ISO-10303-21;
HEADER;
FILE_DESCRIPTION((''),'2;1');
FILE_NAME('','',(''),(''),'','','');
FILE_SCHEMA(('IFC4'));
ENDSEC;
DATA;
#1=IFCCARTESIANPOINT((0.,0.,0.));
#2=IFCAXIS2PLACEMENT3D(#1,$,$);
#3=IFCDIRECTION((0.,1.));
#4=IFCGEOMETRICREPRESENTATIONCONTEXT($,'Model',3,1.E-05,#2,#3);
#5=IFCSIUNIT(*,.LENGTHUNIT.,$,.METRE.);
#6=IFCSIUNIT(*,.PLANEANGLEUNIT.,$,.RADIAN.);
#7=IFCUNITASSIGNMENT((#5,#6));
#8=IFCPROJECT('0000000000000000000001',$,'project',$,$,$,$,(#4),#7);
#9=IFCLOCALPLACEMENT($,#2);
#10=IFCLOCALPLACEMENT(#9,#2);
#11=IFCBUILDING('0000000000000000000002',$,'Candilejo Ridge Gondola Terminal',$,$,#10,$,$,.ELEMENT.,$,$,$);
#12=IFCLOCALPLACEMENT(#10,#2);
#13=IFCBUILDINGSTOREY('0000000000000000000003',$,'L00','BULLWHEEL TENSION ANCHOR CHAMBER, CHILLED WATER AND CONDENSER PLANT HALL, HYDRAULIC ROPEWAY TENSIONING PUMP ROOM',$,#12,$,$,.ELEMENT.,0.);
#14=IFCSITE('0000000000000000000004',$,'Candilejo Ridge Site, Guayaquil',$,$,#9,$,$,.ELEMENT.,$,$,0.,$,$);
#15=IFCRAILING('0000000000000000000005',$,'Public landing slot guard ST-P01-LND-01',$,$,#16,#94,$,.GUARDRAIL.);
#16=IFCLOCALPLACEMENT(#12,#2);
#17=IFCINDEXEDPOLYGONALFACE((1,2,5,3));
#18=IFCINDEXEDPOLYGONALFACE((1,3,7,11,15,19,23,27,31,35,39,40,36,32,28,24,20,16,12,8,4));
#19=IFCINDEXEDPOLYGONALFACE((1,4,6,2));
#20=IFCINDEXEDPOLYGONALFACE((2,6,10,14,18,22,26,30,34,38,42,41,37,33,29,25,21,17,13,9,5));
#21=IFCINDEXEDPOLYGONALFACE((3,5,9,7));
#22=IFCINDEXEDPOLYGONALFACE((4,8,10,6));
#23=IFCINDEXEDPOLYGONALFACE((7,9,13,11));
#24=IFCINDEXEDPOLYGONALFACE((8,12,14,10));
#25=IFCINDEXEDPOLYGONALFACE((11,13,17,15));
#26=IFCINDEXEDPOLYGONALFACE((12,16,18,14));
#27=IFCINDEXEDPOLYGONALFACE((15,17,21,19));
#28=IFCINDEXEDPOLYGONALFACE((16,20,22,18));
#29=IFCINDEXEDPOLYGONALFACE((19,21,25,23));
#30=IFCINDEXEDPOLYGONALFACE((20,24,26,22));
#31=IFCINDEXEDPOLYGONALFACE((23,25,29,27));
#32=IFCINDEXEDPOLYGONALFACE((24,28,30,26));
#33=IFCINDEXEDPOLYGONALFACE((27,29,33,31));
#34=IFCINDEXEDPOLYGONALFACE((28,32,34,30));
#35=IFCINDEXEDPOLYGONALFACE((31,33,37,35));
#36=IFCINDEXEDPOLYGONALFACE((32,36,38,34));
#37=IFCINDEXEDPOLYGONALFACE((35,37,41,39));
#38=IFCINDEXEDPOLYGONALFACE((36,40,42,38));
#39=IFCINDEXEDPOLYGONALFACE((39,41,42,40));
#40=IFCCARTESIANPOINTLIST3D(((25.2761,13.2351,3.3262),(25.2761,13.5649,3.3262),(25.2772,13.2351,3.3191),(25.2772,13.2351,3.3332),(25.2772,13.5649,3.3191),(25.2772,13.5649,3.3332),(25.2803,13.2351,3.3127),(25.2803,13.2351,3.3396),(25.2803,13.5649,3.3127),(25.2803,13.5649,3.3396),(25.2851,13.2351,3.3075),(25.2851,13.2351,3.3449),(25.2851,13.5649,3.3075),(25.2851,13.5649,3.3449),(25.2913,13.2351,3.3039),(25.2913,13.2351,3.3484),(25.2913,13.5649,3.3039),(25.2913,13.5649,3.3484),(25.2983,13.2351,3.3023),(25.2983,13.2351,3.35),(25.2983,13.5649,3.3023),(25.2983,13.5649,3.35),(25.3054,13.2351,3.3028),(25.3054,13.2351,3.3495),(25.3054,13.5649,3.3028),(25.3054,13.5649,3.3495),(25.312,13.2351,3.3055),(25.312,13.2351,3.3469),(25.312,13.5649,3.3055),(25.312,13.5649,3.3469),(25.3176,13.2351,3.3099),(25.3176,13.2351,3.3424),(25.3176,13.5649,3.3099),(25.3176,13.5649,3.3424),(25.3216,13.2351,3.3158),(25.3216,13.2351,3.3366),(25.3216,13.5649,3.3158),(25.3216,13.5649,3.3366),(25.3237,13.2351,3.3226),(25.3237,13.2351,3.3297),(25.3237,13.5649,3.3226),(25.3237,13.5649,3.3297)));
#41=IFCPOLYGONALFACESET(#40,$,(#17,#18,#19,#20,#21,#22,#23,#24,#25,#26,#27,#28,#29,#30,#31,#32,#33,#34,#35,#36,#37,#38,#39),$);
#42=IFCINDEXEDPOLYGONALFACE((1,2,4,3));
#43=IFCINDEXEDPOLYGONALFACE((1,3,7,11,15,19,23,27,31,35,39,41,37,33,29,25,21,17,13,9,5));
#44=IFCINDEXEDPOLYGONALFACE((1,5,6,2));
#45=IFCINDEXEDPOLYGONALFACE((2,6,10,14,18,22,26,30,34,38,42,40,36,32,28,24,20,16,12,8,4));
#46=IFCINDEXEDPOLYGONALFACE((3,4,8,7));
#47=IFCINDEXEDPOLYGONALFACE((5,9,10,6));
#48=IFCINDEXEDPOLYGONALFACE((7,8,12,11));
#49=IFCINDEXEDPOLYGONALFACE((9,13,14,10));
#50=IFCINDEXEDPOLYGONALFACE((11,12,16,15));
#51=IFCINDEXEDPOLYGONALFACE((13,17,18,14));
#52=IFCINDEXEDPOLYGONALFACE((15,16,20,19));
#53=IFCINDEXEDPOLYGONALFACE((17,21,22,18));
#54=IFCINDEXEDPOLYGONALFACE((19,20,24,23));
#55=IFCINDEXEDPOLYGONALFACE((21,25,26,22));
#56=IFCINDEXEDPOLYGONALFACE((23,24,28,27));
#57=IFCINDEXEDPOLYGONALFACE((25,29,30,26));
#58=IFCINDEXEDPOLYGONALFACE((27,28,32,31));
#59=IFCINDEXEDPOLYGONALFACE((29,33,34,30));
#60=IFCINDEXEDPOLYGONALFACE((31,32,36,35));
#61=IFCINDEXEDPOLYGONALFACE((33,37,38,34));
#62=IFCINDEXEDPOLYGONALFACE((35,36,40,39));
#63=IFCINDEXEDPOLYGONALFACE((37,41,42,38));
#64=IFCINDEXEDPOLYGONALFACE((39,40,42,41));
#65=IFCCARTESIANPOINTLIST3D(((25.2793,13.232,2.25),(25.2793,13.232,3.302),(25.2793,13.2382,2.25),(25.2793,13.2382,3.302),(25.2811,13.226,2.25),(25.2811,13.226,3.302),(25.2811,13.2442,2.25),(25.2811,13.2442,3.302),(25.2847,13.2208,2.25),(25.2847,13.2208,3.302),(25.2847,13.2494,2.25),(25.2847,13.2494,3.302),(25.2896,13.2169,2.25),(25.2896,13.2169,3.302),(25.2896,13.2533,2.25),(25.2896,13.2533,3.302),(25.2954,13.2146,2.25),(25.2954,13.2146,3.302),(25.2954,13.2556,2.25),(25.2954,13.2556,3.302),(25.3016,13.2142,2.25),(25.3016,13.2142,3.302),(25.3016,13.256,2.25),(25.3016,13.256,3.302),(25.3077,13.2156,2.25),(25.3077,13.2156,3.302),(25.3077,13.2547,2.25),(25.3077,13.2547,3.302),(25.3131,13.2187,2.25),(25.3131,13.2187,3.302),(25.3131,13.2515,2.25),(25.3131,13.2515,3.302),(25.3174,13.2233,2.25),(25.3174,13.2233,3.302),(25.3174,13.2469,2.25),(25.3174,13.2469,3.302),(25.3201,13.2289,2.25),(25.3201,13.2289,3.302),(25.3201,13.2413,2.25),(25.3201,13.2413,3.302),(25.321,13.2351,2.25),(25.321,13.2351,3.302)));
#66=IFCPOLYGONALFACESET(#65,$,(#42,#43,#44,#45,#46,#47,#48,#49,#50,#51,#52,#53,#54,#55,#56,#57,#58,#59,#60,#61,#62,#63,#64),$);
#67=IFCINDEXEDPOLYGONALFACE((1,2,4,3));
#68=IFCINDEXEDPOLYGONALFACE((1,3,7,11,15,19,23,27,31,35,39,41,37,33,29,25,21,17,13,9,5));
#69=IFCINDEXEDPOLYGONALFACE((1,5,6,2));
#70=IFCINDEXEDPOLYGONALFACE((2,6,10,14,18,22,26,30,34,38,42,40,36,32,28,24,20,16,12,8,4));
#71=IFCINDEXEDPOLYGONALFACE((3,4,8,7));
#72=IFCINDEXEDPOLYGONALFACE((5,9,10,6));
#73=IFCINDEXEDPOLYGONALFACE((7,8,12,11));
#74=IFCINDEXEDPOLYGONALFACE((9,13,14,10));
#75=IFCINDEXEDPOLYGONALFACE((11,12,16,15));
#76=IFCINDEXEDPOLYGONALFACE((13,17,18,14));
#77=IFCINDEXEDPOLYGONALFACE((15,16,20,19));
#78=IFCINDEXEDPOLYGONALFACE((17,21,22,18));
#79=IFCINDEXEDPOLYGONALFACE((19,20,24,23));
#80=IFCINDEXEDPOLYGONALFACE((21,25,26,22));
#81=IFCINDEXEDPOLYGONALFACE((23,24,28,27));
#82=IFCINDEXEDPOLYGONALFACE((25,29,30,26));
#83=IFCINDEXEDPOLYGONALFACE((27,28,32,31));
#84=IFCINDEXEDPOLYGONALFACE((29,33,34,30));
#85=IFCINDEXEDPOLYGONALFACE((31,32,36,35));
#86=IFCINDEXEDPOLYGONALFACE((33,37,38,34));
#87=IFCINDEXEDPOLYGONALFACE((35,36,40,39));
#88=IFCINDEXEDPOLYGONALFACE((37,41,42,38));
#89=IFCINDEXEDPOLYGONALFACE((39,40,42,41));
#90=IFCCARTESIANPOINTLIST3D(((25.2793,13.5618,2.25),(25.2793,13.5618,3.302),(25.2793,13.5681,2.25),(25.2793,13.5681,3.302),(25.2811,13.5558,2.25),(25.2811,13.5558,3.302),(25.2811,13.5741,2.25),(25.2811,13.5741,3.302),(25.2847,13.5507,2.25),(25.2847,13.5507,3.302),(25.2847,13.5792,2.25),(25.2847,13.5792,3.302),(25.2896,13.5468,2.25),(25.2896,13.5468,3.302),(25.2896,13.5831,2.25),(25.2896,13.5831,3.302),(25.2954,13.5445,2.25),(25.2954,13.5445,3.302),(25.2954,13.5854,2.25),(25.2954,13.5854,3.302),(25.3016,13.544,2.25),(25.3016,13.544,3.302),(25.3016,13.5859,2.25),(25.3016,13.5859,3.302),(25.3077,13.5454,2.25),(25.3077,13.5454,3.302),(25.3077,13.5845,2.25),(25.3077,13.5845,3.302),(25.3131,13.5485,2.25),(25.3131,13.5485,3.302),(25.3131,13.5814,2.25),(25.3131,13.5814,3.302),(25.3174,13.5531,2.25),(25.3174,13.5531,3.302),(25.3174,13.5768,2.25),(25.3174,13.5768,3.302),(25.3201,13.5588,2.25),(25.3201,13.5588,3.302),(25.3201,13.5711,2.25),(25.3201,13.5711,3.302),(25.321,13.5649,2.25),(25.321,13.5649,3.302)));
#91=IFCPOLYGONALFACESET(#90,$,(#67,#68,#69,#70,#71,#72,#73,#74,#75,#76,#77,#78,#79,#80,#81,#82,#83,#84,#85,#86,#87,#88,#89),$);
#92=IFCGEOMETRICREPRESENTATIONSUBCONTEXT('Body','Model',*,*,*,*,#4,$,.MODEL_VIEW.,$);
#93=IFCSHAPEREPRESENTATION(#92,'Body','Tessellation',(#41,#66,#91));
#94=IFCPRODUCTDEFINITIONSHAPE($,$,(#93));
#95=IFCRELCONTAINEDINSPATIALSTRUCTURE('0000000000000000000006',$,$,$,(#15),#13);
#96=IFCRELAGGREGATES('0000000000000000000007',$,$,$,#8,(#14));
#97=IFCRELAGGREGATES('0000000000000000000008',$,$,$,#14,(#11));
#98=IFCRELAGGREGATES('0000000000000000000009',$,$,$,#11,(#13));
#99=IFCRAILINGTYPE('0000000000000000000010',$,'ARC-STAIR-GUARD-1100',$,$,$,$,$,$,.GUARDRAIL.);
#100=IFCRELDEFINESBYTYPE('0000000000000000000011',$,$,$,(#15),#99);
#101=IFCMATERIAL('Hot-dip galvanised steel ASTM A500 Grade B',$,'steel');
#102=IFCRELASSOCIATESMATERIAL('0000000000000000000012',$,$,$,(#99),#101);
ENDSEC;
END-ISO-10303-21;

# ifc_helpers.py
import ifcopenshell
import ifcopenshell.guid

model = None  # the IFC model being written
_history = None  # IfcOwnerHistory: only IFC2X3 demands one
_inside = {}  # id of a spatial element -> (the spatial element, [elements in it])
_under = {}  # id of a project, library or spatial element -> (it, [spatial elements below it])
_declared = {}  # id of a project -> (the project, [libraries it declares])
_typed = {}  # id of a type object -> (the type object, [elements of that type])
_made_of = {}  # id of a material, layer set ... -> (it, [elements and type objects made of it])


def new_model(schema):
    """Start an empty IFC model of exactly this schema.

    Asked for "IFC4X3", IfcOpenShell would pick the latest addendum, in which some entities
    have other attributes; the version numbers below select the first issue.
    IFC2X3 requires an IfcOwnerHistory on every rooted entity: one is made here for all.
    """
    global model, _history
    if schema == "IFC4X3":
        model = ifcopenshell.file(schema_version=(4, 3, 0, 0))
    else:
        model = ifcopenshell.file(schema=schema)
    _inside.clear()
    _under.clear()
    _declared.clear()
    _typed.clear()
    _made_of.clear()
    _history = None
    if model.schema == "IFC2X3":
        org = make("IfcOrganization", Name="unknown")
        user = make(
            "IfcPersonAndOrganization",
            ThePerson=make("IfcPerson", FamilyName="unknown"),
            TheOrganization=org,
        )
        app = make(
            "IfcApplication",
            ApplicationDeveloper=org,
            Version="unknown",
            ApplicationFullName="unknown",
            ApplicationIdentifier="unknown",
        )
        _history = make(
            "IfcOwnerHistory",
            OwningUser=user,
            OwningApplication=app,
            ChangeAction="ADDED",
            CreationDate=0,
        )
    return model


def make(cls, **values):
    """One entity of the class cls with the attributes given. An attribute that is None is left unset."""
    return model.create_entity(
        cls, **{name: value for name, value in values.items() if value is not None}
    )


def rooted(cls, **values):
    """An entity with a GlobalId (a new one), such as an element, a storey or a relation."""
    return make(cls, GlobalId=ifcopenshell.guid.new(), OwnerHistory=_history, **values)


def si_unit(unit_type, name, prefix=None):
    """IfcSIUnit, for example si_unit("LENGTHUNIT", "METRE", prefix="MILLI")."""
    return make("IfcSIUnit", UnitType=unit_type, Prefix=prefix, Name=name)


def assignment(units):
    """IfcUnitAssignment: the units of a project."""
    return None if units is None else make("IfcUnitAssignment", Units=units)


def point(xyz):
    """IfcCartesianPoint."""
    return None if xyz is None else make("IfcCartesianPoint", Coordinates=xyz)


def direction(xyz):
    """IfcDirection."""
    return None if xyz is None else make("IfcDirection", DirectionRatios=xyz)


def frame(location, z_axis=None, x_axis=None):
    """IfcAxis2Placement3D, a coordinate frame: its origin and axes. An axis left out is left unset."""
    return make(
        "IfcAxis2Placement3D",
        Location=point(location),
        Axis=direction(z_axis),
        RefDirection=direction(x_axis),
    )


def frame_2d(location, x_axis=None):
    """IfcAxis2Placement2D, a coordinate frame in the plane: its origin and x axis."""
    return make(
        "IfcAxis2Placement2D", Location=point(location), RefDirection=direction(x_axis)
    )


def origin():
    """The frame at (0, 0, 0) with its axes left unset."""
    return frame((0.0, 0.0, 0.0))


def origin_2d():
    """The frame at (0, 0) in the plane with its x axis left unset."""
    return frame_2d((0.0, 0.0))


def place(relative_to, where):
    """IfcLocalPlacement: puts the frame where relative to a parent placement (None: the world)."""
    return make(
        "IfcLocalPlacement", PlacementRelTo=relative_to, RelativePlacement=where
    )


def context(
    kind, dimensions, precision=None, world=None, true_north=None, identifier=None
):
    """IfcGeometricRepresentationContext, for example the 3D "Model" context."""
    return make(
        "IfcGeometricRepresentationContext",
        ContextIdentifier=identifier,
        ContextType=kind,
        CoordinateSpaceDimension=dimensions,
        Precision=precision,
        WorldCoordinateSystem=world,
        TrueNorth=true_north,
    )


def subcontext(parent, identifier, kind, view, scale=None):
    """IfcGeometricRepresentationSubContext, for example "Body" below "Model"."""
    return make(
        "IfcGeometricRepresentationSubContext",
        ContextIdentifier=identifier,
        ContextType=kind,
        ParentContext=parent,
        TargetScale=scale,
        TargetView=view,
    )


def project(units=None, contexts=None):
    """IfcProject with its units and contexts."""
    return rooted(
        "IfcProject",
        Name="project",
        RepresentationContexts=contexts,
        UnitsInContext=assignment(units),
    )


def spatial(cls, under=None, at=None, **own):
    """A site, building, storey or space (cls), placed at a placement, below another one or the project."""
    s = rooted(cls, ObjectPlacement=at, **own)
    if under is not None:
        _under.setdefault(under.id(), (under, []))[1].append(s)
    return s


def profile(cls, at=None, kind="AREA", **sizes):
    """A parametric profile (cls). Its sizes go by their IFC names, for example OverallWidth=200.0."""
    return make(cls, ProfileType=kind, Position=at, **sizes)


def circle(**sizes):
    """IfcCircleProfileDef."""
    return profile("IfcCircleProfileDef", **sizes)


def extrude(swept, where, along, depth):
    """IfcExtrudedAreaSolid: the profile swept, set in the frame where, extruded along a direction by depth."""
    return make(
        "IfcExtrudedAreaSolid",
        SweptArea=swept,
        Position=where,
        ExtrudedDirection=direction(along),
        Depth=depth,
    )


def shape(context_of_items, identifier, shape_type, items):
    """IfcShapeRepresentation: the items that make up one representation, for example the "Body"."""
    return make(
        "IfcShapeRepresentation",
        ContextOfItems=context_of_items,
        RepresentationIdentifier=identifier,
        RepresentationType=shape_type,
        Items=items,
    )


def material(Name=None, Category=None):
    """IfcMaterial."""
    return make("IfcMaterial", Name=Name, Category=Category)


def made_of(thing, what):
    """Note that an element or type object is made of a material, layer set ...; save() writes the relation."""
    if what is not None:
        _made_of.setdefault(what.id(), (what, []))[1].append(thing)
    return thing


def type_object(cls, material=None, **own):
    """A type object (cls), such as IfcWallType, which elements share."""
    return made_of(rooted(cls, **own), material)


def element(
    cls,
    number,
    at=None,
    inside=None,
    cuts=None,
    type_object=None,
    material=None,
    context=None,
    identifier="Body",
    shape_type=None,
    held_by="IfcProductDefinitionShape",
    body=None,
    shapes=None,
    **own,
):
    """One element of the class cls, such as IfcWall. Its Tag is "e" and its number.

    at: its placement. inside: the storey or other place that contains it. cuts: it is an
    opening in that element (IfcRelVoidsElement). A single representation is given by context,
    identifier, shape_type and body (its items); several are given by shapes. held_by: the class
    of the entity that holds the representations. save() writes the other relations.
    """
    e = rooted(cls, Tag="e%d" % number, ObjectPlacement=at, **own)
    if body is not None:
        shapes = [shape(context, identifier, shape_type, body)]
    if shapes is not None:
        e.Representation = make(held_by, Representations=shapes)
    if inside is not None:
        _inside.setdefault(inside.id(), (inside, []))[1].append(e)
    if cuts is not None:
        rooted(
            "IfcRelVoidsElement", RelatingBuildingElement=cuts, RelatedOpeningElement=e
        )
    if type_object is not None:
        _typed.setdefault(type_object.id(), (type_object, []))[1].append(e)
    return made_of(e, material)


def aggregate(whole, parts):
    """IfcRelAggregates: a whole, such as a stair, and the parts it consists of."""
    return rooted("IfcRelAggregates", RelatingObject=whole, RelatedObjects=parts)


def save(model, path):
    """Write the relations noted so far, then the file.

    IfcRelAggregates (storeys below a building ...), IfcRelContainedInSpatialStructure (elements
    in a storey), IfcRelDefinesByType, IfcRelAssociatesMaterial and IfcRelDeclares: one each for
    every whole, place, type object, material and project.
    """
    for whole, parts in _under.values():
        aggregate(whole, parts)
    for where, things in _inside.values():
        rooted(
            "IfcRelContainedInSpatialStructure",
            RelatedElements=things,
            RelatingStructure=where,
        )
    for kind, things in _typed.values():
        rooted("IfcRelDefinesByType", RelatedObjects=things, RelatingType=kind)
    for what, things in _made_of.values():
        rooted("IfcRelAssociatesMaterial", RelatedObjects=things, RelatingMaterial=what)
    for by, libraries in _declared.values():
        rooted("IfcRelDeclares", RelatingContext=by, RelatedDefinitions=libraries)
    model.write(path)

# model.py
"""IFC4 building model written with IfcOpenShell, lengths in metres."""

from ifc_helpers import new_model, si_unit, direction, frame, origin, origin_2d, place, context, subcontext, project, spatial, circle, extrude, material, type_object, element, save


model = new_model("IFC4")

# Units and contexts
model_context = context("Model", 3, precision=1e-05, world=origin(), true_north=direction((0.0, 1.0)))
body_context = subcontext(model_context, "Body", "Model", "MODEL_VIEW")
ifc_project = project(units=[si_unit("LENGTHUNIT", "METRE"), si_unit("PLANEANGLEUNIT", "RADIAN")], contexts=[model_context])

# Site, building, storey
site_placement = place(None, origin())
site = spatial("IfcSite", under=ifc_project, at=site_placement, Name="Candilejo Ridge Site, Guayaquil", CompositionType="ELEMENT", RefElevation=0.0)
building_placement = place(site_placement, origin())
building = spatial("IfcBuilding", under=site, at=building_placement, Name="Candilejo Ridge Gondola Terminal", CompositionType="ELEMENT")
storey_placement = place(building_placement, origin())
storey = spatial("IfcBuildingStorey", under=building, at=storey_placement, Name="L00", Description="BULLWHEEL TENSION ANCHOR CHAMBER, CHILLED WATER AND CONDENSER PLANT HALL, HYDRAULIC ROPEWAY TENSIONING PUMP ROOM", CompositionType="ELEMENT", Elevation=0.0)

# Railing
ifc_material_1 = material(Name="Hot-dip galvanised steel ASTM A500 Grade B", Category="steel")
railing_type = type_object("IfcRailingType", Name="ARC-STAIR-GUARD-1100", PredefinedType="GUARDRAIL", material=ifc_material_1)
railing_1_placement = place(storey_placement, frame((25.3, 13.2351, 2.25)))
element("IfcRailing", 1, at=railing_1_placement, inside=storey, type_object=railing_type, Name="Public landing slot guard ST-P01-LND-01", PredefinedType="GUARDRAIL", context=body_context, shape_type="SweptSolid", body=[
    extrude(circle(Radius=0.0239, at=origin_2d()), frame((0.0, 0.0, 1.0762), z_axis=(0.0, 1.0, 0.0), x_axis=(-1.0, 0.0, 0.0)), (0.0, 0.0, 1.0), 0.3298),
    extrude(circle(Radius=0.021, at=origin_2d()), origin(), (0.0, 0.0, 1.0), 1.052),
    extrude(circle(Radius=0.021, at=origin_2d()), frame((0.0, 0.3298, 0.0)), (0.0, 0.0, 1.0), 1.052),
])

save(model, "model.ifc")
